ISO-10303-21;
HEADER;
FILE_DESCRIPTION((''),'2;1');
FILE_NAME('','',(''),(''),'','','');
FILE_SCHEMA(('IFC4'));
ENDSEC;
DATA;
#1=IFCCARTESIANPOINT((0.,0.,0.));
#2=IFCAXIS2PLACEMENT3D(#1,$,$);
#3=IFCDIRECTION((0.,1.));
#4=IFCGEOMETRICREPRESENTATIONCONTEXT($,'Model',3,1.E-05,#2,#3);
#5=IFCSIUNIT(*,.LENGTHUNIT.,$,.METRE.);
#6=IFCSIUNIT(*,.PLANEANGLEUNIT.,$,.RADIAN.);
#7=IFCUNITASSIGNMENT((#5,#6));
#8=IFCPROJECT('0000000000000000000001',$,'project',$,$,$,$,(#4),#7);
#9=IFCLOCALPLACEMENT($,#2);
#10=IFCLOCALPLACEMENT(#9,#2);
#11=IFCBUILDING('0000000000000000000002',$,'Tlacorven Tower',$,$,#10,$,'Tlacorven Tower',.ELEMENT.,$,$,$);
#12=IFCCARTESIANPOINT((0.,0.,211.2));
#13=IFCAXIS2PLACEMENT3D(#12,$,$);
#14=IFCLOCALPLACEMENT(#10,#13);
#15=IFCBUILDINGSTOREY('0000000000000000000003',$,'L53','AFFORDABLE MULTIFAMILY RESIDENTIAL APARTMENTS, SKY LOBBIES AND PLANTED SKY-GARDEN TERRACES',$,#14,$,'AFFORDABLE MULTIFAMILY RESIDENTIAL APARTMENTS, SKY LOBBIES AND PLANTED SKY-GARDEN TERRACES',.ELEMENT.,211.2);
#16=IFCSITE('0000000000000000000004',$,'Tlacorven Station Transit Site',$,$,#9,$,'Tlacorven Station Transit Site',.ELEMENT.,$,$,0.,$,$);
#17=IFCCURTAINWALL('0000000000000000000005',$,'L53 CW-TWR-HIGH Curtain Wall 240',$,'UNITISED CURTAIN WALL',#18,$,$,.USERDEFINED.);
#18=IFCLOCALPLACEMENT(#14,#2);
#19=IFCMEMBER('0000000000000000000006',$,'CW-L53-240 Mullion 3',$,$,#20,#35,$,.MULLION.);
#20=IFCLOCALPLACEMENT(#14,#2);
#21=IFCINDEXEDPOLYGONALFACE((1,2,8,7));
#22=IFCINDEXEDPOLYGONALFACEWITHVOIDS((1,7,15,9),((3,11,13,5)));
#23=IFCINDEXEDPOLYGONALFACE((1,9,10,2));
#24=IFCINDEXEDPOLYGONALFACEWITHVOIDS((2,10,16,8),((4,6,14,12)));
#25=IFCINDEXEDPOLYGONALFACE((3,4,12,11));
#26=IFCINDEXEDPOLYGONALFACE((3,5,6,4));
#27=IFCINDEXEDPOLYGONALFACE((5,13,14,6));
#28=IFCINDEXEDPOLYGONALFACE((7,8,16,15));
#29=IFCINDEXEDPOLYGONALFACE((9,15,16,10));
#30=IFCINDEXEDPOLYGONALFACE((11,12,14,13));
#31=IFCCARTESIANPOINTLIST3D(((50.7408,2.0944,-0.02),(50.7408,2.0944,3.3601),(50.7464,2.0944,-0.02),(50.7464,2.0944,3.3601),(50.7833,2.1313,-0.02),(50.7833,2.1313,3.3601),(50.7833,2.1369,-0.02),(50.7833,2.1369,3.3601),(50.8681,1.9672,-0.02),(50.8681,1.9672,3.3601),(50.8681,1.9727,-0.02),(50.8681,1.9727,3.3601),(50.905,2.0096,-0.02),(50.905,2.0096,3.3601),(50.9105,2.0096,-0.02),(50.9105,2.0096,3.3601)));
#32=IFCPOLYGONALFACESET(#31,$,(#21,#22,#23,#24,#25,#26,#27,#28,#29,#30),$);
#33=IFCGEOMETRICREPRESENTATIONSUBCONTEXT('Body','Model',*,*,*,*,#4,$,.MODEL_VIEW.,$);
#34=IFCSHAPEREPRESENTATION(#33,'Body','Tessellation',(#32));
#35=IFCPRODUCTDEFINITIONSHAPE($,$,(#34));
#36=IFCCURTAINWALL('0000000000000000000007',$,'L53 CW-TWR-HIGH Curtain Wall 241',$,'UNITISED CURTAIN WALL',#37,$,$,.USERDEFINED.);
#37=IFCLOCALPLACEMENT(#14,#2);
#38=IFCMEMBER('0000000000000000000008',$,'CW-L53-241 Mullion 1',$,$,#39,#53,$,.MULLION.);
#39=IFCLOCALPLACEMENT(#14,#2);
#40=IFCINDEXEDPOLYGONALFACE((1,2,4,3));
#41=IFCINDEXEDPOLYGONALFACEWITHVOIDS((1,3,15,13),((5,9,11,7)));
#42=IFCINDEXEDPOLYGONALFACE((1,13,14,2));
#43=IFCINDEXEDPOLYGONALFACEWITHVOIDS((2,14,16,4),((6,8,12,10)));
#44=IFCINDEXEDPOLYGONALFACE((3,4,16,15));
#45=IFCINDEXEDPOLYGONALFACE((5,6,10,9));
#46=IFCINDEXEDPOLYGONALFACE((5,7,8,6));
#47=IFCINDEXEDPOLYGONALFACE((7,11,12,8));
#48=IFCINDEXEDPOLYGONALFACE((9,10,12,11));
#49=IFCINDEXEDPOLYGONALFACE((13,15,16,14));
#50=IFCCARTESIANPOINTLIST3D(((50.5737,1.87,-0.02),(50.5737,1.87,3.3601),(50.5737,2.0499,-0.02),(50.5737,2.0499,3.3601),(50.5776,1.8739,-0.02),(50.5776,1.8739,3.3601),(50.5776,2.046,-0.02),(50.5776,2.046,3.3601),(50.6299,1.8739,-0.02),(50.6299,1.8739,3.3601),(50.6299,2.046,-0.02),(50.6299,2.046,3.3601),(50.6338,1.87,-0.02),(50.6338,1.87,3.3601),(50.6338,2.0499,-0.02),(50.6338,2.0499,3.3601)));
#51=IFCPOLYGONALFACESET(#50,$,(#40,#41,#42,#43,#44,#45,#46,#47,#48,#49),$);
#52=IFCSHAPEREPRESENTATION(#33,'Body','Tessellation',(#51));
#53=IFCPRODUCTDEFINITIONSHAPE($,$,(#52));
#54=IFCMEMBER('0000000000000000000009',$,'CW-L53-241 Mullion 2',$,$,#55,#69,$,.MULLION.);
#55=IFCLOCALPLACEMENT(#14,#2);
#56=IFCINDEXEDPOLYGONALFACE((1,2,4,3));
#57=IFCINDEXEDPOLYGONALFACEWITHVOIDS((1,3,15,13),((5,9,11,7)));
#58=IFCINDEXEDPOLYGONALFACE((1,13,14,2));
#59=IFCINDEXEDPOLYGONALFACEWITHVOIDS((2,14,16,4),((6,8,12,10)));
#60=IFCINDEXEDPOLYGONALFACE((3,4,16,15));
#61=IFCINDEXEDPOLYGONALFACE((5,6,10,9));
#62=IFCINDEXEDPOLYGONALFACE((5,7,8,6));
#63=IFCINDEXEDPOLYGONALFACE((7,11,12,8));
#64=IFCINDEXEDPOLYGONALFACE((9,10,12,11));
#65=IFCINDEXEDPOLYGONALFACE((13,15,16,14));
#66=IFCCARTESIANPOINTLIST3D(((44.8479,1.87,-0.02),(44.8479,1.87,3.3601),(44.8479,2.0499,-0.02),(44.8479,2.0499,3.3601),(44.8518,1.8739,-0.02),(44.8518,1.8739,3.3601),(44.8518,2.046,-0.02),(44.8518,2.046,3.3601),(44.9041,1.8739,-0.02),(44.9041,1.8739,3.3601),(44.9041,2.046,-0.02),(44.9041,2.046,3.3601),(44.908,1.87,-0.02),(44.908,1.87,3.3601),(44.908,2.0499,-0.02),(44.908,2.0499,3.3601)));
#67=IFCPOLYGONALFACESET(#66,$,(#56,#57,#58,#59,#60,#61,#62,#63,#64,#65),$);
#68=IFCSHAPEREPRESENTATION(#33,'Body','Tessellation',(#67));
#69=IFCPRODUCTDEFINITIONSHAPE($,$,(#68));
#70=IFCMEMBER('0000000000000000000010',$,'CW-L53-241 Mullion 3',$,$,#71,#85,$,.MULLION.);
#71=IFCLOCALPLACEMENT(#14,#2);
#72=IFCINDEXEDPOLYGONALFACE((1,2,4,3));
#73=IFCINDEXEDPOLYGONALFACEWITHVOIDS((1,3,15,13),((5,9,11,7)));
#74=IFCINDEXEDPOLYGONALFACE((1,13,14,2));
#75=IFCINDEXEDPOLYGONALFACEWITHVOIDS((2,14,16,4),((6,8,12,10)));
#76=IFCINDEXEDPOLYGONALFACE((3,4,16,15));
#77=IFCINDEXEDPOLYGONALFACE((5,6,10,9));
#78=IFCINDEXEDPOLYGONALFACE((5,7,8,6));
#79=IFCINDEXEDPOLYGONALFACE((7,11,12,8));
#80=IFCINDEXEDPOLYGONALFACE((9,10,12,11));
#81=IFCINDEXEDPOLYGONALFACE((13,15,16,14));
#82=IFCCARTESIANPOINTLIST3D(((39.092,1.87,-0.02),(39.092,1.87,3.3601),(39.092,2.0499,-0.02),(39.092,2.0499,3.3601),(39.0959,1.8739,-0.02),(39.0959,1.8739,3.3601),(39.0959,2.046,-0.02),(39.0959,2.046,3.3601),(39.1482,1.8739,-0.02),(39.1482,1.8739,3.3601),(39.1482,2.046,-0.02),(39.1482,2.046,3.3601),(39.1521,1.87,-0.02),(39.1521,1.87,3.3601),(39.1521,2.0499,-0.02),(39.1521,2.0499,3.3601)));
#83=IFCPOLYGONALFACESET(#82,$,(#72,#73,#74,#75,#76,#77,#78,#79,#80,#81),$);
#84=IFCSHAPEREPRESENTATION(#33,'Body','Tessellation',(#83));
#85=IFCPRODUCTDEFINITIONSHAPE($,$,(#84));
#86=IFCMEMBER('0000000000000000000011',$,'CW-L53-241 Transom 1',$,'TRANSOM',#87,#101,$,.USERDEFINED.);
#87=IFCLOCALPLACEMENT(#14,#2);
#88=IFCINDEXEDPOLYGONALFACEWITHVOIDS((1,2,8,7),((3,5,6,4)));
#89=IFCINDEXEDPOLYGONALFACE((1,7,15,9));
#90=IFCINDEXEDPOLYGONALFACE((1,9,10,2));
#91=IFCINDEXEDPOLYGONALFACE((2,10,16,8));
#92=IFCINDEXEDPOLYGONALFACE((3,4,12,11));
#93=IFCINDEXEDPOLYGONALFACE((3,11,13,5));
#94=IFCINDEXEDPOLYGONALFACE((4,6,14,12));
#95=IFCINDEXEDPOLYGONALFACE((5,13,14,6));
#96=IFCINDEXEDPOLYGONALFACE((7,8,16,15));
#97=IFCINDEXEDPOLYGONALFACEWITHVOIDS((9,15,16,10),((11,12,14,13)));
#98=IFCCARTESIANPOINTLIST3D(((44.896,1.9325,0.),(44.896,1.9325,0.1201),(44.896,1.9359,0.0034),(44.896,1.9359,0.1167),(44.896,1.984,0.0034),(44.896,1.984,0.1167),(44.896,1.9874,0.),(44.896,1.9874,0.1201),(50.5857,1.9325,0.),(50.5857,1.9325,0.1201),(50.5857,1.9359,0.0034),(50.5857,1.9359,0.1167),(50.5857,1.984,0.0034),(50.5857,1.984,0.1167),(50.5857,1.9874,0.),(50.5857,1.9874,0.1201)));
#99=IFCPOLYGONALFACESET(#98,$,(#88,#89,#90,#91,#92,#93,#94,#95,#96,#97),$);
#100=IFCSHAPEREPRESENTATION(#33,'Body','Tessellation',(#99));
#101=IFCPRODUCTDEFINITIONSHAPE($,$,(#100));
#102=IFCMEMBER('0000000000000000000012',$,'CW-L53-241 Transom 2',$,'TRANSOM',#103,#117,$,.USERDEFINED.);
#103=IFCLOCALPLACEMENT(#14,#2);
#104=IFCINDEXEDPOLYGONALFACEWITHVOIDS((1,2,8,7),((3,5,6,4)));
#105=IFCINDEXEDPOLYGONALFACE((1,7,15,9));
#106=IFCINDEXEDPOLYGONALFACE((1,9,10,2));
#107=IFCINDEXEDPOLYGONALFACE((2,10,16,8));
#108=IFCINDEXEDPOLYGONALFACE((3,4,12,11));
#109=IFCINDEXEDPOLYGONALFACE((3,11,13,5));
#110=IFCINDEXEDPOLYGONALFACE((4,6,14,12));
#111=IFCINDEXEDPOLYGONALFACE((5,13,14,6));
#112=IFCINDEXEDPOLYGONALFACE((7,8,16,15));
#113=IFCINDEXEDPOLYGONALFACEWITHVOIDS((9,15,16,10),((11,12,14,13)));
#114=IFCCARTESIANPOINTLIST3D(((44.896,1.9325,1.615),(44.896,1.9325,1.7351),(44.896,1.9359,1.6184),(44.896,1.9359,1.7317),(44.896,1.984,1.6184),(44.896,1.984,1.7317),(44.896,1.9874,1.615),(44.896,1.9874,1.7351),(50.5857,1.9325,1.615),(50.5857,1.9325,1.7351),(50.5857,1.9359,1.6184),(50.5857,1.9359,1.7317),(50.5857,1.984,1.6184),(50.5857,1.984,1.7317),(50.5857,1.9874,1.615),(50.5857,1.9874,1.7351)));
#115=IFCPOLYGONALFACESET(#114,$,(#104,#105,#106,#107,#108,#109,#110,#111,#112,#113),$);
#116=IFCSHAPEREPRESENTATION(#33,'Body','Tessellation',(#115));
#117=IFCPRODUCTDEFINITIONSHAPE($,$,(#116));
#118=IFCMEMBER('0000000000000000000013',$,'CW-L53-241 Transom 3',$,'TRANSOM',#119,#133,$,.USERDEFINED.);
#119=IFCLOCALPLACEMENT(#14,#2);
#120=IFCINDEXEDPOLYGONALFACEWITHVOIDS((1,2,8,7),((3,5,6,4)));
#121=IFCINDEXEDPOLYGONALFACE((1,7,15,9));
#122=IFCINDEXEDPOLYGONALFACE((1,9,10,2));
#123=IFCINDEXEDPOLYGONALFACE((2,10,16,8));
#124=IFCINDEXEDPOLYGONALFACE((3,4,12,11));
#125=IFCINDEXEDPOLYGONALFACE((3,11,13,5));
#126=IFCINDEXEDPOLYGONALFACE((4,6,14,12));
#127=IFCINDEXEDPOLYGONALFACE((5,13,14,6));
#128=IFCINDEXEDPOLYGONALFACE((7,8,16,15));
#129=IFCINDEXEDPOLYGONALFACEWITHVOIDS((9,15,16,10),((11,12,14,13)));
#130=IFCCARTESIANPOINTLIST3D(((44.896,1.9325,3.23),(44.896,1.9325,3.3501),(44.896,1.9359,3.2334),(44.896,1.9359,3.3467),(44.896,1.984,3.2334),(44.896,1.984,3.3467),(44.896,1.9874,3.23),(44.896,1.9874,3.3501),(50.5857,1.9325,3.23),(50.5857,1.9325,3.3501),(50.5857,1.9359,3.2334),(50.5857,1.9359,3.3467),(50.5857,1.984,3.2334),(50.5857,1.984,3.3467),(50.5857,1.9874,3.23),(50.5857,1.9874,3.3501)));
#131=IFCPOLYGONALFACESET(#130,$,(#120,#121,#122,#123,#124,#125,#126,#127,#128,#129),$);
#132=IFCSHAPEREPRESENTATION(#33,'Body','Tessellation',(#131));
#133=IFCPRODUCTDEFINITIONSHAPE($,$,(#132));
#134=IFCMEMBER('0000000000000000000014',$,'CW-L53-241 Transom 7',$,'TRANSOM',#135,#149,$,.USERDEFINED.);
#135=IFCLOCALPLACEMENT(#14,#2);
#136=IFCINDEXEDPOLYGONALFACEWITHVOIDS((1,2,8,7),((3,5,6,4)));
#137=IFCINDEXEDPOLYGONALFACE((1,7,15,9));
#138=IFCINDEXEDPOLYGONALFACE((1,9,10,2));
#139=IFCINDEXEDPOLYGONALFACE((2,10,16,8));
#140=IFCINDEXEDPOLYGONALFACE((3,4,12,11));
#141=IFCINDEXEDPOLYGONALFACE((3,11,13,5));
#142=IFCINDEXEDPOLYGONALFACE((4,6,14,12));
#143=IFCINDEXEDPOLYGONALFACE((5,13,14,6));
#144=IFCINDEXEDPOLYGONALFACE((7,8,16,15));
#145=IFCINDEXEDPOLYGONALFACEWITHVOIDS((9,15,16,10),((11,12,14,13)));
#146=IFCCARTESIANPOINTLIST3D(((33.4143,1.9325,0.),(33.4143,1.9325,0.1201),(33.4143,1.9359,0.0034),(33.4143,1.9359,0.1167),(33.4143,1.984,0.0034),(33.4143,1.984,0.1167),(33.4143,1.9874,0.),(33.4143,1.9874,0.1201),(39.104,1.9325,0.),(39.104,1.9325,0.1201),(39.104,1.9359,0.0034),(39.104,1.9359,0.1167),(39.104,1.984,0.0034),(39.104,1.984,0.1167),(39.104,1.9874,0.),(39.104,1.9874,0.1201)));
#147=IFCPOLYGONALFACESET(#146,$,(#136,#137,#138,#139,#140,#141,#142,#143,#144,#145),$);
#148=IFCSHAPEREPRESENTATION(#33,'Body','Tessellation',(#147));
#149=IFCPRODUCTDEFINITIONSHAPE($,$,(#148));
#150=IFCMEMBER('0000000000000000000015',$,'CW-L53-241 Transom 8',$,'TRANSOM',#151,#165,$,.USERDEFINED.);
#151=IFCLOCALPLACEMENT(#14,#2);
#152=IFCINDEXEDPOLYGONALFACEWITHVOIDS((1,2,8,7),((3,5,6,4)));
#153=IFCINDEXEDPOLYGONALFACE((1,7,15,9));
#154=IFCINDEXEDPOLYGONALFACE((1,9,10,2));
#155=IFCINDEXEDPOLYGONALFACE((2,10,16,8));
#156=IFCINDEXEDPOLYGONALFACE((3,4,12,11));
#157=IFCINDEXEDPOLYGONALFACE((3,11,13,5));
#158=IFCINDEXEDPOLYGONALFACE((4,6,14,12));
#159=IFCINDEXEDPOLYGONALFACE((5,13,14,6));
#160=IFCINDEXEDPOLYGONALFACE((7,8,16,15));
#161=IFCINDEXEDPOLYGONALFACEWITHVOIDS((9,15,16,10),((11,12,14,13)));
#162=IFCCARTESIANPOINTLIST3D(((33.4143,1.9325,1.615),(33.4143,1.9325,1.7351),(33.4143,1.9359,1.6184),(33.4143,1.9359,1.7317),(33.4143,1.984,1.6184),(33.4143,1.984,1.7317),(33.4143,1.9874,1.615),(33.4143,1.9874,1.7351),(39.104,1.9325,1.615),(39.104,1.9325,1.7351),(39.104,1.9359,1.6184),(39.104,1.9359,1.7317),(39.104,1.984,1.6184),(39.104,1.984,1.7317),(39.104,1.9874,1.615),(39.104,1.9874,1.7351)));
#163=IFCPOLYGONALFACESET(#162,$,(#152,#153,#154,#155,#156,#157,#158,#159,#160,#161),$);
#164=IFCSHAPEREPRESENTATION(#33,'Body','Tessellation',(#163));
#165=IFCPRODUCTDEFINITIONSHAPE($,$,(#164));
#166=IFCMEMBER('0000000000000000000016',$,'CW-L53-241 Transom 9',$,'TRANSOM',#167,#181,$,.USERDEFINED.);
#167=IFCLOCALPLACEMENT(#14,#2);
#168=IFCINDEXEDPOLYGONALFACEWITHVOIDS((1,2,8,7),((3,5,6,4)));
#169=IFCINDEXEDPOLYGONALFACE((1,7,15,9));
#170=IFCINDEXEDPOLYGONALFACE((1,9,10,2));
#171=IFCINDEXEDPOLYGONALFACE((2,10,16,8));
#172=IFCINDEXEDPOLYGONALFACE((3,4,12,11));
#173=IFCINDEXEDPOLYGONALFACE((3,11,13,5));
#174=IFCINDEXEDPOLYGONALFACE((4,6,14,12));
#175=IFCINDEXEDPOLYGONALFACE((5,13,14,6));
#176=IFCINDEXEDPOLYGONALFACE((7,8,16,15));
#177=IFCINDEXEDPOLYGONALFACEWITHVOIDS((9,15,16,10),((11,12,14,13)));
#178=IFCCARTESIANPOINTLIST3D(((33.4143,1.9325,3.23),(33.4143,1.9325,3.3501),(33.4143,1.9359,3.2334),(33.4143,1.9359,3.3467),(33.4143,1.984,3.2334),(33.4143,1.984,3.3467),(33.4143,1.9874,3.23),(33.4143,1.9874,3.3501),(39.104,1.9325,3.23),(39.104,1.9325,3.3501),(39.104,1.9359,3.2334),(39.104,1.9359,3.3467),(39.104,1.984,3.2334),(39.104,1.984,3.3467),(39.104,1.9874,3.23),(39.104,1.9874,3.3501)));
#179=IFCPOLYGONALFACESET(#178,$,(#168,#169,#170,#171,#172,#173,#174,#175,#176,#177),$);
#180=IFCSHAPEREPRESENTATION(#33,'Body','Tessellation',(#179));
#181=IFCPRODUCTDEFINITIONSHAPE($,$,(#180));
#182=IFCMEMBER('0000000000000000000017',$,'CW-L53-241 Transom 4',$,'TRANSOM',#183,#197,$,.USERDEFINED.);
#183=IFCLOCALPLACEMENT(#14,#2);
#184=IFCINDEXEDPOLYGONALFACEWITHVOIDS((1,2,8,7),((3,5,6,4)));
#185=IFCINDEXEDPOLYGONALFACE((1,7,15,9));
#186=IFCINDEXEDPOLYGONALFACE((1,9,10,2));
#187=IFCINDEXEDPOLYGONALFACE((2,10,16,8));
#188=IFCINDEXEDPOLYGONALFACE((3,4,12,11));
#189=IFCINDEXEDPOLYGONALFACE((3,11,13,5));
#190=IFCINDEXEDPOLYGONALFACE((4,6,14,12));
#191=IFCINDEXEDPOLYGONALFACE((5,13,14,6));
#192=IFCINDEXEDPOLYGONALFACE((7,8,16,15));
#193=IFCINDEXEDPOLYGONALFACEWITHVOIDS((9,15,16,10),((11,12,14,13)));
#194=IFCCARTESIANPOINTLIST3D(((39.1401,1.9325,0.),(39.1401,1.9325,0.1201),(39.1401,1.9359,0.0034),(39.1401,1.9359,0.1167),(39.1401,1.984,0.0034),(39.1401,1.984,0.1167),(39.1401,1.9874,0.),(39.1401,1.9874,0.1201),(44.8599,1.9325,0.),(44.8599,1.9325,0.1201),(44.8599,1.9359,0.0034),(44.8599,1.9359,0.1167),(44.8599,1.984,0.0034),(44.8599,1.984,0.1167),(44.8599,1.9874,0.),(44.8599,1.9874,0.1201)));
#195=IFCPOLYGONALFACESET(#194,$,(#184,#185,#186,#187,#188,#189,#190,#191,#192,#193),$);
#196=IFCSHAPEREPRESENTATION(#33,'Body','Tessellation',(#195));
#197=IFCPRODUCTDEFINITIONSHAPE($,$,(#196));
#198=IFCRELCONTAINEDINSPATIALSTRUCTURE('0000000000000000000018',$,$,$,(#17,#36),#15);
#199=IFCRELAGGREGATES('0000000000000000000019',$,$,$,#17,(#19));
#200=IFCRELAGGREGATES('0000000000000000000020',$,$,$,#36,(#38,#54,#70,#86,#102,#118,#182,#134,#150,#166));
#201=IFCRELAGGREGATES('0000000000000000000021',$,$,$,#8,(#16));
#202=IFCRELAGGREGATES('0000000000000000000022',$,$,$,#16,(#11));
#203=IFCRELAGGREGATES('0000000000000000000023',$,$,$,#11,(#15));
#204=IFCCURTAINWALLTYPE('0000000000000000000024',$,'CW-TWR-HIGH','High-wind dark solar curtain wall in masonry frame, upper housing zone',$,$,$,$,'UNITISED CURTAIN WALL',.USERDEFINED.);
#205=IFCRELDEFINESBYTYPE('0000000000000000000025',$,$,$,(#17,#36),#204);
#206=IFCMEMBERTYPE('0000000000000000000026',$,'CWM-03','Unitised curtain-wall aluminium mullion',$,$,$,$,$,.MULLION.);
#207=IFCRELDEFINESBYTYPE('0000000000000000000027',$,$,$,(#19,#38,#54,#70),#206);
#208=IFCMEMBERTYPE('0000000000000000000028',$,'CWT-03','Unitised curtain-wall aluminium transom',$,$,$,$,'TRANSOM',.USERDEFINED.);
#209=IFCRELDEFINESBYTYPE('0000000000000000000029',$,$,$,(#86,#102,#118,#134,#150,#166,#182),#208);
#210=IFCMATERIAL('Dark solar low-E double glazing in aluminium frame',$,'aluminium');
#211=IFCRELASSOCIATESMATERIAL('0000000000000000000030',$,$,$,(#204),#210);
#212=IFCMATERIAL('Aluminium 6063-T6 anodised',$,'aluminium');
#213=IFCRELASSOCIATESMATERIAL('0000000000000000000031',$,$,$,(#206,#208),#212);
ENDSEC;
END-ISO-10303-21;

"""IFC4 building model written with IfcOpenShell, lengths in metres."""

from ifc_helpers import new_model, si_unit, direction, frame, origin, origin_2d, place, context, subcontext, project, spatial, hollow_rectangle, extrude, source, transform, mapped, material, material_profile, profile_set, type_object, element, aggregate, save


model = new_model("IFC4")

# Units and contexts
model_context = context("Model", 3, precision=1e-05, world=origin(), true_north=direction((0.0, 1.0)))
body_context = subcontext(model_context, "Body", "Model", "MODEL_VIEW")
ifc_project = project(units=[si_unit("LENGTHUNIT", "METRE"), si_unit("PLANEANGLEUNIT", "RADIAN")], contexts=[model_context])

# Site, building, storey
site_placement = place(None, origin())
site = spatial("IfcSite", under=ifc_project, at=site_placement, Name="Tlacorven Station Transit Site", LongName="Tlacorven Station Transit Site", CompositionType="ELEMENT", RefElevation=0.0)
building_placement = place(site_placement, origin())
building = spatial("IfcBuilding", under=site, at=building_placement, Name="Tlacorven Tower", LongName="Tlacorven Tower", CompositionType="ELEMENT")
storey_placement = place(building_placement, frame((0.0, 0.0, 211.2)))
storey = spatial("IfcBuildingStorey", under=building, at=storey_placement, Name="L53", Description="AFFORDABLE MULTIFAMILY RESIDENTIAL APARTMENTS, SKY LOBBIES AND PLANTED SKY-GARDEN TERRACES", LongName="AFFORDABLE MULTIFAMILY RESIDENTIAL APARTMENTS, SKY LOBBIES AND PLANTED SKY-GARDEN TERRACES", CompositionType="ELEMENT", Elevation=211.2)

# Curtain wall, member
ifc_material_1 = material(Name="Dark solar low-E double glazing in aluminium frame", Category="aluminium")
curtain_wall_type = type_object("IfcCurtainWallType", Name="CW-TWR-HIGH", Description="High-wind dark solar curtain wall in masonry frame, upper housing zone", ElementType="UNITISED CURTAIN WALL", PredefinedType="USERDEFINED", material=ifc_material_1)
curtain_wall_1_placement = place(storey_placement, origin())
curtain_wall_1 = element("IfcCurtainWall", 1, at=curtain_wall_1_placement, inside=storey, type_object=curtain_wall_type, Name="L53 CW-TWR-HIGH Curtain Wall 240", ObjectType="UNITISED CURTAIN WALL", PredefinedType="USERDEFINED")
ifc_material_2 = material(Name="Aluminium 6063-T6 anodised", Category="aluminium")
ifc_material_profile_1 = material_profile(ifc_material_2, hollow_rectangle(XDim=0.0601, YDim=0.1799, WallThickness=0.0039, at=origin_2d()), Name="ALU MULLION 60X180")
ifc_profile_set_1 = profile_set([ifc_material_profile_1], Name="Aluminium 6063-T6 anodised")
member_type_1 = type_object("IfcMemberType", Name="CWM-03", Description="Unitised curtain-wall aluminium mullion", PredefinedType="MULLION", material=ifc_profile_set_1)
shared_shape_1 = source(origin(), body_context, "Body", "SweptSolid", [
    extrude(hollow_rectangle(XDim=0.0601, YDim=0.1799, WallThickness=0.0039, at=origin_2d()), origin(), (0.0, 0.0, 1.0), 3.3801),
])
member_1_placement = place(storey_placement, frame((50.8257, 2.052, -0.02), z_axis=(0.0, 0.0, 1.0), x_axis=(-0.707107, -0.707107, 0.0)))
member_1 = element("IfcMember", 2, at=member_1_placement, type_object=member_type_1, Name="CW-L53-240 Mullion 3", PredefinedType="MULLION", context=body_context, shape_type="MappedRepresentation", body=[
    mapped(shared_shape_1, transform((0.0, 0.0, 0.0), scale=1.0)),
])

# Curtain wall, members
curtain_wall_2_placement = place(storey_placement, origin())
curtain_wall_2 = element("IfcCurtainWall", 3, at=curtain_wall_2_placement, inside=storey, type_object=curtain_wall_type, Name="L53 CW-TWR-HIGH Curtain Wall 241", ObjectType="UNITISED CURTAIN WALL", PredefinedType="USERDEFINED")
member_2_placement = place(storey_placement, frame((50.6038, 1.96, -0.02), z_axis=(0.0, 0.0, 1.0), x_axis=(-1.0, 0.0, 0.0)))
member_2 = element("IfcMember", 4, at=member_2_placement, type_object=member_type_1, Name="CW-L53-241 Mullion 1", PredefinedType="MULLION", context=body_context, shape_type="MappedRepresentation", body=[
    mapped(shared_shape_1, transform((0.0, 0.0, 0.0), scale=1.0)),
])
member_3_placement = place(storey_placement, frame((44.8779, 1.96, -0.02), z_axis=(0.0, 0.0, 1.0), x_axis=(-1.0, 0.0, 0.0)))
member_3 = element("IfcMember", 5, at=member_3_placement, type_object=member_type_1, Name="CW-L53-241 Mullion 2", PredefinedType="MULLION", context=body_context, shape_type="MappedRepresentation", body=[
    mapped(shared_shape_1, transform((0.0, 0.0, 0.0), scale=1.0)),
])
member_4_placement = place(storey_placement, frame((39.1221, 1.96, -0.02), z_axis=(0.0, 0.0, 1.0), x_axis=(-1.0, 0.0, 0.0)))
member_4 = element("IfcMember", 6, at=member_4_placement, type_object=member_type_1, Name="CW-L53-241 Mullion 3", PredefinedType="MULLION", context=body_context, shape_type="MappedRepresentation", body=[
    mapped(shared_shape_1, transform((0.0, 0.0, 0.0), scale=1.0)),
])
ifc_material_profile_2 = material_profile(ifc_material_2, hollow_rectangle(XDim=0.0549, YDim=0.1201, WallThickness=0.0034, at=origin_2d()), Name="ALU TRANSOM 55X120")
ifc_profile_set_2 = profile_set([ifc_material_profile_2], Name="Aluminium 6063-T6 anodised")
member_type_2 = type_object("IfcMemberType", Name="CWT-03", Description="Unitised curtain-wall aluminium transom", ElementType="TRANSOM", PredefinedType="USERDEFINED", material=ifc_profile_set_2)
shared_shape_2 = source(origin(), body_context, "Body", "SweptSolid", [
    extrude(hollow_rectangle(XDim=0.0549, YDim=0.1201, WallThickness=0.0034, at=origin_2d()), origin(), (0.0, 0.0, 1.0), 5.6897),
])
member_5_placement = place(storey_placement, frame((50.5857, 1.96, 0.0601), z_axis=(-1.0, 0.0, 0.0), x_axis=(0.0, -1.0, 0.0)))
member_5 = element("IfcMember", 7, at=member_5_placement, type_object=member_type_2, Name="CW-L53-241 Transom 1", ObjectType="TRANSOM", PredefinedType="USERDEFINED", context=body_context, shape_type="MappedRepresentation", body=[
    mapped(shared_shape_2, transform((0.0, 0.0, 0.0), scale=1.0)),
])
member_6_placement = place(storey_placement, frame((50.5857, 1.96, 1.675), z_axis=(-1.0, 0.0, 0.0), x_axis=(0.0, -1.0, 0.0)))
member_6 = element("IfcMember", 8, at=member_6_placement, type_object=member_type_2, Name="CW-L53-241 Transom 2", ObjectType="TRANSOM", PredefinedType="USERDEFINED", context=body_context, shape_type="MappedRepresentation", body=[
    mapped(shared_shape_2, transform((0.0, 0.0, 0.0), scale=1.0)),
])
member_7_placement = place(storey_placement, frame((50.5857, 1.96, 3.29), z_axis=(-1.0, 0.0, 0.0), x_axis=(0.0, -1.0, 0.0)))
member_7 = element("IfcMember", 9, at=member_7_placement, type_object=member_type_2, Name="CW-L53-241 Transom 3", ObjectType="TRANSOM", PredefinedType="USERDEFINED", context=body_context, shape_type="MappedRepresentation", body=[
    mapped(shared_shape_2, transform((0.0, 0.0, 0.0), scale=1.0)),
])
member_8_placement = place(storey_placement, frame((39.104, 1.96, 0.0601), z_axis=(-1.0, 0.0, 0.0), x_axis=(0.0, -1.0, 0.0)))
member_8 = element("IfcMember", 10, at=member_8_placement, type_object=member_type_2, Name="CW-L53-241 Transom 7", ObjectType="TRANSOM", PredefinedType="USERDEFINED", context=body_context, shape_type="MappedRepresentation", body=[
    mapped(shared_shape_2, transform((0.0, 0.0, 0.0), scale=1.0)),
])
member_9_placement = place(storey_placement, frame((39.104, 1.96, 1.675), z_axis=(-1.0, 0.0, 0.0), x_axis=(0.0, -1.0, 0.0)))
member_9 = element("IfcMember", 11, at=member_9_placement, type_object=member_type_2, Name="CW-L53-241 Transom 8", ObjectType="TRANSOM", PredefinedType="USERDEFINED", context=body_context, shape_type="MappedRepresentation", body=[
    mapped(shared_shape_2, transform((0.0, 0.0, 0.0), scale=1.0)),
])
member_10_placement = place(storey_placement, frame((39.104, 1.96, 3.29), z_axis=(-1.0, 0.0, 0.0), x_axis=(0.0, -1.0, 0.0)))
member_10 = element("IfcMember", 12, at=member_10_placement, type_object=member_type_2, Name="CW-L53-241 Transom 9", ObjectType="TRANSOM", PredefinedType="USERDEFINED", context=body_context, shape_type="MappedRepresentation", body=[
    mapped(shared_shape_2, transform((0.0, 0.0, 0.0), scale=1.0)),
])
shared_shape_3 = source(origin(), body_context, "Body", "SweptSolid", [
    extrude(hollow_rectangle(XDim=0.0549, YDim=0.1201, WallThickness=0.0034, at=origin_2d()), origin(), (0.0, 0.0, 1.0), 5.7197),
])
member_11_placement = place(storey_placement, frame((44.8599, 1.96, 0.0601), z_axis=(-1.0, 0.0, 0.0), x_axis=(0.0, -1.0, 0.0)))
member_11 = element("IfcMember", 13, at=member_11_placement, type_object=member_type_2, Name="CW-L53-241 Transom 4", ObjectType="TRANSOM", PredefinedType="USERDEFINED", context=body_context, shape_type="MappedRepresentation", body=[
    mapped(shared_shape_3, transform((0.0, 0.0, 0.0), scale=1.0)),
])

aggregate(curtain_wall_1, [member_1])
aggregate(curtain_wall_2, [member_2, member_3, member_4, member_5, member_6, member_7, member_11, member_8, member_9, member_10])

save(model, "model.ifc")
